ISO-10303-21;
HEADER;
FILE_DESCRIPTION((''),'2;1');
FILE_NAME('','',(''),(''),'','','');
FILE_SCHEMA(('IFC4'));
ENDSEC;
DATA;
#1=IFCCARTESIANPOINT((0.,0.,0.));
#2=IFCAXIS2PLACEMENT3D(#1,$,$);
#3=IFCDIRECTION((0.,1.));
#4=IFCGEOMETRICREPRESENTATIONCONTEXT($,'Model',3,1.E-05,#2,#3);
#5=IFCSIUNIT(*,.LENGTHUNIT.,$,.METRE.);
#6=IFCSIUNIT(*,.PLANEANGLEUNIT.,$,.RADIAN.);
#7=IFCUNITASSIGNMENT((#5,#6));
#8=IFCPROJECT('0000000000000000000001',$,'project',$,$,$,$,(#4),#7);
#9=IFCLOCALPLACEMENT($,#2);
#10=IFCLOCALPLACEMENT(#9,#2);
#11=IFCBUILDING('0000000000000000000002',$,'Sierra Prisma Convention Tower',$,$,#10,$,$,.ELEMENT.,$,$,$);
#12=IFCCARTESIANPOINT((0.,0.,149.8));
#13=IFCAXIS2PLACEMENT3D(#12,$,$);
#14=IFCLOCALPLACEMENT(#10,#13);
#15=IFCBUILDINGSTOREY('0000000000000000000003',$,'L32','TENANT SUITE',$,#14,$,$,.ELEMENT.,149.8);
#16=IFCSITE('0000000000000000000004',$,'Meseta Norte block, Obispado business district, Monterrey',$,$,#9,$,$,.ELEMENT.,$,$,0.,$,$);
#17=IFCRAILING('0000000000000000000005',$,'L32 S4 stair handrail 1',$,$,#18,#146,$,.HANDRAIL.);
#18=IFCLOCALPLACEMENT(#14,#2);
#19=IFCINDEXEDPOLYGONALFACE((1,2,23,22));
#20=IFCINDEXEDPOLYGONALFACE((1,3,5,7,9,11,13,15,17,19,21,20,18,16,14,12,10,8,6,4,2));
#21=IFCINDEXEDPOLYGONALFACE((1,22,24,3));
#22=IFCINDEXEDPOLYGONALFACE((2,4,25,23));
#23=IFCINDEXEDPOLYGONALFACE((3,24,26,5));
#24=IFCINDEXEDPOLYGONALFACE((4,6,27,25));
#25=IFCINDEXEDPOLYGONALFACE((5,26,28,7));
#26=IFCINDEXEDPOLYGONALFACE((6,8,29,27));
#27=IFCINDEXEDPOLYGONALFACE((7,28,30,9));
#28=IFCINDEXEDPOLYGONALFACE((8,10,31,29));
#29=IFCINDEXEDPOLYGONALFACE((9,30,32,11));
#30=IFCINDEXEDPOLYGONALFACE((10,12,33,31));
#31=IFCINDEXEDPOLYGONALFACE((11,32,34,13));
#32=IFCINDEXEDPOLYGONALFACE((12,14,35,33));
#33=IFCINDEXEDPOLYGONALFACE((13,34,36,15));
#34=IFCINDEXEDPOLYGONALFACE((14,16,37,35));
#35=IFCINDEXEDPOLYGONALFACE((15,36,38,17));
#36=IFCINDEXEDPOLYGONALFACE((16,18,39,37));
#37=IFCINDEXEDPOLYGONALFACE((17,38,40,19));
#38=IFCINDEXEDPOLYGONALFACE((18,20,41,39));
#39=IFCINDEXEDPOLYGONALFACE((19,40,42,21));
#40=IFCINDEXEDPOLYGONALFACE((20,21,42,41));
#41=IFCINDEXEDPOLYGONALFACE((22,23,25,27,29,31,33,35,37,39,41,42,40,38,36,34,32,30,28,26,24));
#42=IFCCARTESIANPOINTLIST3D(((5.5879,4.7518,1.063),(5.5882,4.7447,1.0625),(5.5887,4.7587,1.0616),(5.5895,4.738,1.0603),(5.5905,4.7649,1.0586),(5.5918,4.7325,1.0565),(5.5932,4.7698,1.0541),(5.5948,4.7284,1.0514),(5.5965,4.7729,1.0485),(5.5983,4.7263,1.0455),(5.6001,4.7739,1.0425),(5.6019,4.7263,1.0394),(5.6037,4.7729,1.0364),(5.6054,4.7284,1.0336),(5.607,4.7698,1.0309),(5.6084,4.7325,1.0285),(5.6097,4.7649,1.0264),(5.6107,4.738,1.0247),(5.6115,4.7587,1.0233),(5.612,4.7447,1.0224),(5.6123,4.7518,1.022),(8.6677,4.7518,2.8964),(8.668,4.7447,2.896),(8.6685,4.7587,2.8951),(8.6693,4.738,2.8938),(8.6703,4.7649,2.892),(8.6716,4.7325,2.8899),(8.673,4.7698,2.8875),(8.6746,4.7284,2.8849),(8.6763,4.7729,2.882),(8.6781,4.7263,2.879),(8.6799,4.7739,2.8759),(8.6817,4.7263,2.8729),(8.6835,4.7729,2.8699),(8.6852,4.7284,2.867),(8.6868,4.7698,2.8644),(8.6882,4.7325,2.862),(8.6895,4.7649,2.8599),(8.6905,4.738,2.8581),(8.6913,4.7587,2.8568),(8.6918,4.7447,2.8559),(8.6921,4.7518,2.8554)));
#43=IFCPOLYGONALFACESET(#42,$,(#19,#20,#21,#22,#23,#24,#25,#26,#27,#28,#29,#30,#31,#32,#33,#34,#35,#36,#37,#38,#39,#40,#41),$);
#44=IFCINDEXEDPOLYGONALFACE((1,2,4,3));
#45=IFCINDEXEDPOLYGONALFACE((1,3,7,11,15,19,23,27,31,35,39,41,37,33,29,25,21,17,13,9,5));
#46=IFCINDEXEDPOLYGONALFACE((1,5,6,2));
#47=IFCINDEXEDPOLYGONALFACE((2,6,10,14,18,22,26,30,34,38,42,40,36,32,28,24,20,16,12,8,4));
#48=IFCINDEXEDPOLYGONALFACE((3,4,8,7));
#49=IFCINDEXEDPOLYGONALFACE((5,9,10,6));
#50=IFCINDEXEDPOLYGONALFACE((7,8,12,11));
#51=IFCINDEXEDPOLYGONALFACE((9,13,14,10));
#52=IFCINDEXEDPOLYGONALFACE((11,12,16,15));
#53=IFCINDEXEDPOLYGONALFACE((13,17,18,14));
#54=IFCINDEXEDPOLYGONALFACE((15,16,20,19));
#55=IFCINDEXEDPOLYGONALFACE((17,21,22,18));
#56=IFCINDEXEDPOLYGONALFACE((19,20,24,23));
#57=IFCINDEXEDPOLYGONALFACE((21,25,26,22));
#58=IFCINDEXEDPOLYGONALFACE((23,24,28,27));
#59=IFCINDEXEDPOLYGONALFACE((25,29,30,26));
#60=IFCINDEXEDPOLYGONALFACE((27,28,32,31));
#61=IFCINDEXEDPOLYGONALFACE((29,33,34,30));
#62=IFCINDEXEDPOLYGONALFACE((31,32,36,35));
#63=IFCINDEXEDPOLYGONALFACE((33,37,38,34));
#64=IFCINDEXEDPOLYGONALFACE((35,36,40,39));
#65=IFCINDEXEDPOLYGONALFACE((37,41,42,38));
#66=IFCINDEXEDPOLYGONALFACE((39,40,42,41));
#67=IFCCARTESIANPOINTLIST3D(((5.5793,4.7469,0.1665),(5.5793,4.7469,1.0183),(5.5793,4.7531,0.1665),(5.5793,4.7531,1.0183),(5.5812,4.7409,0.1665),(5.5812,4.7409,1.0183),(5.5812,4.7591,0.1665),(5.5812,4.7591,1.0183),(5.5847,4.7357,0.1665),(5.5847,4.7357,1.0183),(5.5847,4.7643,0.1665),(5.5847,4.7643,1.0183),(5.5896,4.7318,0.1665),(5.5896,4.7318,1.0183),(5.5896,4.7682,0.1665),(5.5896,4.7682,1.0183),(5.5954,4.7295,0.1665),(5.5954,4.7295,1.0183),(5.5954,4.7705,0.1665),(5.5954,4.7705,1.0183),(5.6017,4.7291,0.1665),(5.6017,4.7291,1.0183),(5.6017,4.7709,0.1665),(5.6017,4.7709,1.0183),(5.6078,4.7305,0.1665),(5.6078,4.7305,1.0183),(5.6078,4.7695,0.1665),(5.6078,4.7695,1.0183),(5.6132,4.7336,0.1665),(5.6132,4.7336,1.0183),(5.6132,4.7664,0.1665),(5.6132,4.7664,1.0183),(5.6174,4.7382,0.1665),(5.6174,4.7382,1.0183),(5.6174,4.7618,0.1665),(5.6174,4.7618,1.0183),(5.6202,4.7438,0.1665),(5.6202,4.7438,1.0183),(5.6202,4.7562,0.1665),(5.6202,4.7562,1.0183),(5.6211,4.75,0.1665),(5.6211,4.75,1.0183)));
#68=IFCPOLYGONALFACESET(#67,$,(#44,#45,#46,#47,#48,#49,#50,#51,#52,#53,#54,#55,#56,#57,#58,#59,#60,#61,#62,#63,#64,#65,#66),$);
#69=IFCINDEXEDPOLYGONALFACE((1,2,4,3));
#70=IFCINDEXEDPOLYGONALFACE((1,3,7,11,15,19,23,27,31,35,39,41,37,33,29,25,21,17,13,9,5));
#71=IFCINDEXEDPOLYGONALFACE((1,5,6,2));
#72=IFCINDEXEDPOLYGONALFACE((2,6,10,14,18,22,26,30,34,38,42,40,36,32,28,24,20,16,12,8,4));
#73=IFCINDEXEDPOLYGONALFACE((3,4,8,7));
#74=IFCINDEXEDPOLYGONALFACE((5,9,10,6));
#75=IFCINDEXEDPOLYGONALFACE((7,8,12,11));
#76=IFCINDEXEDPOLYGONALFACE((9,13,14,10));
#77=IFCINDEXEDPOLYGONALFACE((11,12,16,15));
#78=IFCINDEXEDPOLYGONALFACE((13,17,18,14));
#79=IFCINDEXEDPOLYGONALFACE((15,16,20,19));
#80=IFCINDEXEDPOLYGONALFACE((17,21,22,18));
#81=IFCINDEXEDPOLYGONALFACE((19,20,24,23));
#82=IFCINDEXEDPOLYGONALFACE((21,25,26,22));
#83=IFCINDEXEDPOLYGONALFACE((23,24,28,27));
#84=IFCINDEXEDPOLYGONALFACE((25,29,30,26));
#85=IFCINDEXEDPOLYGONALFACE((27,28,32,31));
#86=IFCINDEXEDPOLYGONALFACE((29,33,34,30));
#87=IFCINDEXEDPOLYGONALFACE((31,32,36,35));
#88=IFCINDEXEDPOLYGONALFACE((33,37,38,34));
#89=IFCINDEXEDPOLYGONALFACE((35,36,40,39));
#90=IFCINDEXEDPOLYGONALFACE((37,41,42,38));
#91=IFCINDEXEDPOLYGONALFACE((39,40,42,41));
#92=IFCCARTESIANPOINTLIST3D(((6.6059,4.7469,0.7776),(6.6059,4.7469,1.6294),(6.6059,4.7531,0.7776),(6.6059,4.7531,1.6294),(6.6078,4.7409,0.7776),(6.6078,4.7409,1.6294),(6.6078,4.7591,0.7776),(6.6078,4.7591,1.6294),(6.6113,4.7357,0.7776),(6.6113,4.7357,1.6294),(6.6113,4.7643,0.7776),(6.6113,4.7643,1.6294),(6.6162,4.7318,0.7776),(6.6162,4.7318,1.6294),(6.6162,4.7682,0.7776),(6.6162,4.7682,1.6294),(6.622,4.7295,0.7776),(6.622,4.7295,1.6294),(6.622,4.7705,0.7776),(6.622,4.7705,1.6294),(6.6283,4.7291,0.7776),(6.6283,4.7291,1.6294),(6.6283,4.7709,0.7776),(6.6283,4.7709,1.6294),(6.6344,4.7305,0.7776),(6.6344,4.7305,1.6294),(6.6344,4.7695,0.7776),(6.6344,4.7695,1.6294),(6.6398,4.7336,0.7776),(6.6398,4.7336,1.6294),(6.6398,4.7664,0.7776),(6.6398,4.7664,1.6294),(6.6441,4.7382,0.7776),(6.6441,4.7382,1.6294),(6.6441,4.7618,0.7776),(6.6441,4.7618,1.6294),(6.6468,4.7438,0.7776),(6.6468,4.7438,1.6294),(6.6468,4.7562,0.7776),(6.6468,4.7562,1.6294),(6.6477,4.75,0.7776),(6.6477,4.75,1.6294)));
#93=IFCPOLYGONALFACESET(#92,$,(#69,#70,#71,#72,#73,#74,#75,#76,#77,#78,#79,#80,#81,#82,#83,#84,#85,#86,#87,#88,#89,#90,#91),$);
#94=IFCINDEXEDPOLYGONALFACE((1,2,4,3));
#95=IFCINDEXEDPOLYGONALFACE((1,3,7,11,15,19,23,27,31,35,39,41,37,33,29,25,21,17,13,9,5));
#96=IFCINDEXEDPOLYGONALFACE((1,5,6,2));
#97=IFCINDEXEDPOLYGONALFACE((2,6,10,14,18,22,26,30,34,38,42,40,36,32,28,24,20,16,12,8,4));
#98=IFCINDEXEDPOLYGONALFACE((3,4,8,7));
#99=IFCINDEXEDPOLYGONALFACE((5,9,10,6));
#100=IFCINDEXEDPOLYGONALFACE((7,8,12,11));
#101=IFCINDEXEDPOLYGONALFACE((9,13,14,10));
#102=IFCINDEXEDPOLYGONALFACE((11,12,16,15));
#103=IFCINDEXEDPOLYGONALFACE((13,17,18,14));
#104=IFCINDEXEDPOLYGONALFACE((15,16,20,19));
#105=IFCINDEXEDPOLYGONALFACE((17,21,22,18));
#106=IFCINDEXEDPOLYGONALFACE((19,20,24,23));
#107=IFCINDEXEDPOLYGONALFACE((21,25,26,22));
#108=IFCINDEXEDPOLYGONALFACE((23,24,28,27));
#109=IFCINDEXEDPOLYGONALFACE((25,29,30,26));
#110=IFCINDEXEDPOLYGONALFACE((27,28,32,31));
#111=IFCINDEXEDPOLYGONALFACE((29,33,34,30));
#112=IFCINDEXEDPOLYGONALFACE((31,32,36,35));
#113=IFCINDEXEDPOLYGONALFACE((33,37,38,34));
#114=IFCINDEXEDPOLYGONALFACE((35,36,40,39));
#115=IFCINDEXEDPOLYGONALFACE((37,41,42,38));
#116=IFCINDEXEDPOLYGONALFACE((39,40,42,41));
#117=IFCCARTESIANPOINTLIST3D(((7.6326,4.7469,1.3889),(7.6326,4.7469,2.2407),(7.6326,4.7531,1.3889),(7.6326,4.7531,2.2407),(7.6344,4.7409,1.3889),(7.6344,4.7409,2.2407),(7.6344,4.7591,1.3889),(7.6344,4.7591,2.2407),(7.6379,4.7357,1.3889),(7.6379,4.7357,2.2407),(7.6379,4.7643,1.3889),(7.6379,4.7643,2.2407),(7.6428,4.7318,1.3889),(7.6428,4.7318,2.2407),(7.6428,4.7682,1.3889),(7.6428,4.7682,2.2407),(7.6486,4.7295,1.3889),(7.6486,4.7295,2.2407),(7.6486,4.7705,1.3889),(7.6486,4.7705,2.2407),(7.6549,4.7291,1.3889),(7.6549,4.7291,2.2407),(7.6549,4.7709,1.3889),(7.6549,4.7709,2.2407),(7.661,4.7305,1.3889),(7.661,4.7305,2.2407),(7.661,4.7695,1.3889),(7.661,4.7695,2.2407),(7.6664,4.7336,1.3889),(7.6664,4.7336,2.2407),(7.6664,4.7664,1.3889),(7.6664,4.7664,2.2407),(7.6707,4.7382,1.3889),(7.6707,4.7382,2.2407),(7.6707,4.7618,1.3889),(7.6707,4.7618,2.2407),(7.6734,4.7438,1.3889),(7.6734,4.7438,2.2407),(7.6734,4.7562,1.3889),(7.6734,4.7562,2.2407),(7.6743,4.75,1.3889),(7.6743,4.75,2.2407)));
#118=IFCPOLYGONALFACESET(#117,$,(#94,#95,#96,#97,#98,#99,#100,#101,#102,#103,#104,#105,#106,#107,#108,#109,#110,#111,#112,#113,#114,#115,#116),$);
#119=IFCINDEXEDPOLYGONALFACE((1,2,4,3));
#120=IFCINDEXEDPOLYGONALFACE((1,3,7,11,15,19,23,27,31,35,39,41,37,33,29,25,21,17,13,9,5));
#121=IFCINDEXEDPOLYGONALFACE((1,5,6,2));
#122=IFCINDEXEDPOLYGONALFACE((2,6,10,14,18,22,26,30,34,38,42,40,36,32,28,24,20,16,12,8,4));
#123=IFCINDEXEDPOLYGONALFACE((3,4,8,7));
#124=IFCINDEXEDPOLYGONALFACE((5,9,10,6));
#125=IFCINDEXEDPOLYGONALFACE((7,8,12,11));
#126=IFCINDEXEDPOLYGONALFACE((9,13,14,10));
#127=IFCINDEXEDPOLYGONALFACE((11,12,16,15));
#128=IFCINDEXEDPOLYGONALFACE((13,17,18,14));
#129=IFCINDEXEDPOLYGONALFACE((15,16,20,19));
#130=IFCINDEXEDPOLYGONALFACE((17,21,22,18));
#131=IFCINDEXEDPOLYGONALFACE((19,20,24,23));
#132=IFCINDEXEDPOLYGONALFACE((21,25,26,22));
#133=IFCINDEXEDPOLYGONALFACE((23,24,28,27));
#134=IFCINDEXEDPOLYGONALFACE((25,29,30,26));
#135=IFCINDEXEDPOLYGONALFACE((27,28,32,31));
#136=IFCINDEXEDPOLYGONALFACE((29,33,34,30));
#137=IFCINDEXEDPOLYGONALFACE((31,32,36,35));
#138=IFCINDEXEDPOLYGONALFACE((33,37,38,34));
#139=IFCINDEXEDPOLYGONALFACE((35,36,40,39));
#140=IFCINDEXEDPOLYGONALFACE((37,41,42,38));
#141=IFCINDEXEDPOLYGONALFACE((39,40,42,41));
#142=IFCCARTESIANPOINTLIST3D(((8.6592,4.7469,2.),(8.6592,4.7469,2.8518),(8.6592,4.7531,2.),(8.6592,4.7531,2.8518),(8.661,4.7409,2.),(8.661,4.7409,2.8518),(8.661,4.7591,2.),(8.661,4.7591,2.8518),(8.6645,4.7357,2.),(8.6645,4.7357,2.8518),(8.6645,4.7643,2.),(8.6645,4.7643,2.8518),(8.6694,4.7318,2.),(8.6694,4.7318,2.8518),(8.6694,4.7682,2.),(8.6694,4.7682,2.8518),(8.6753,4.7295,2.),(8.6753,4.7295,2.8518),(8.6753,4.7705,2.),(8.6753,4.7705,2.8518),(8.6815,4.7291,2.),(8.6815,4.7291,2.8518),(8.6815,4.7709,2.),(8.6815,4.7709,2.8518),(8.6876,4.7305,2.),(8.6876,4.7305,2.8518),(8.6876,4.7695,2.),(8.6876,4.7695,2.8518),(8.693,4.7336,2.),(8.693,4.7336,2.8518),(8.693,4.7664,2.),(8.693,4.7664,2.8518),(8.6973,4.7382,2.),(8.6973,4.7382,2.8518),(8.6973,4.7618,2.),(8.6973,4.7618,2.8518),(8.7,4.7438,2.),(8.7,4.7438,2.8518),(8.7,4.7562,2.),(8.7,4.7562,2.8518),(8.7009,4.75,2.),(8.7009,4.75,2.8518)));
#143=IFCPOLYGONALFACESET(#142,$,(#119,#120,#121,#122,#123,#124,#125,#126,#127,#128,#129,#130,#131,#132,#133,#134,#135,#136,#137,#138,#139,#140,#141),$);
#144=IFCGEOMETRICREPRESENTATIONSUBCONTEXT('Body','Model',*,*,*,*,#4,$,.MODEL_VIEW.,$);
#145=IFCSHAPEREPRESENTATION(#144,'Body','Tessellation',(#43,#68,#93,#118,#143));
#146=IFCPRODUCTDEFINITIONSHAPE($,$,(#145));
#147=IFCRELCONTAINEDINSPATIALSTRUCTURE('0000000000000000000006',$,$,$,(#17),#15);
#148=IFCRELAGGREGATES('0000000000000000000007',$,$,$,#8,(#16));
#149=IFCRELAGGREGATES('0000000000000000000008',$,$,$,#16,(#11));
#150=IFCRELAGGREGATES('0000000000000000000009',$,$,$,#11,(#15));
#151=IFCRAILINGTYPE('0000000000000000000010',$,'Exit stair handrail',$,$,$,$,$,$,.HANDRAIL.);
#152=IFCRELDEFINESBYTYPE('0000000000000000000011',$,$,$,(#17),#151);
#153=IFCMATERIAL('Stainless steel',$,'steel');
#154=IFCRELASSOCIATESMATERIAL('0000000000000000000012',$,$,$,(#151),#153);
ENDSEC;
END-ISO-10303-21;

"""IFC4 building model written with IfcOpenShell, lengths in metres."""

from ifc_helpers import new_model, si_unit, direction, frame, origin, origin_2d, place, context, subcontext, project, spatial, circle, extrude, material, type_object, element, save


model = new_model("IFC4")

# Units and contexts
model_context = context("Model", 3, precision=1e-05, world=origin(), true_north=direction((0.0, 1.0)))
body_context = subcontext(model_context, "Body", "Model", "MODEL_VIEW")
ifc_project = project(units=[si_unit("LENGTHUNIT", "METRE"), si_unit("PLANEANGLEUNIT", "RADIAN")], contexts=[model_context])

# Site, building, storey
site_placement = place(None, origin())
site = spatial("IfcSite", under=ifc_project, at=site_placement, Name="Meseta Norte block, Obispado business district, Monterrey", CompositionType="ELEMENT", RefElevation=0.0)
building_placement = place(site_placement, origin())
building = spatial("IfcBuilding", under=site, at=building_placement, Name="Sierra Prisma Convention Tower", CompositionType="ELEMENT")
storey_placement = place(building_placement, frame((0.0, 0.0, 149.8)))
storey = spatial("IfcBuildingStorey", under=building, at=storey_placement, Name="L32", Description="TENANT SUITE", CompositionType="ELEMENT", Elevation=149.8)

# Railing
ifc_material_1 = material(Name="Stainless steel", Category="steel")
railing_type_1 = type_object("IfcRailingType", Name="Exit stair handrail", PredefinedType="HANDRAIL", material=ifc_material_1)
railing_1_placement = place(storey_placement, frame((5.6001, 4.75, 0.1665)))
element("IfcRailing", 1, at=railing_1_placement, inside=storey, type_object=railing_type_1, Name="L32 S4 stair handrail 1", PredefinedType="HANDRAIL", context=body_context, shape_type="SweptSolid", body=[
    extrude(circle(Radius=0.0239, at=origin_2d()), frame((0.0, 0.0, 0.876), z_axis=(0.859261, 0.0, 0.511538), x_axis=(0.0, 1.0, 0.0)), (0.0, 0.0, 1.0), 3.5842),
    extrude(circle(Radius=0.021, at=origin_2d()), origin(), (0.0, 0.0, 1.0), 0.8518),
    extrude(circle(Radius=0.021, at=origin_2d()), frame((1.0266, 0.0, 0.6111)), (0.0, 0.0, 1.0), 0.8518),
    extrude(circle(Radius=0.021, at=origin_2d()), frame((2.0532, 0.0, 1.2224)), (0.0, 0.0, 1.0), 0.8518),
    extrude(circle(Radius=0.021, at=origin_2d()), frame((3.0798, 0.0, 1.8335)), (0.0, 0.0, 1.0), 0.8518),
])

save(model, "model.ifc")
